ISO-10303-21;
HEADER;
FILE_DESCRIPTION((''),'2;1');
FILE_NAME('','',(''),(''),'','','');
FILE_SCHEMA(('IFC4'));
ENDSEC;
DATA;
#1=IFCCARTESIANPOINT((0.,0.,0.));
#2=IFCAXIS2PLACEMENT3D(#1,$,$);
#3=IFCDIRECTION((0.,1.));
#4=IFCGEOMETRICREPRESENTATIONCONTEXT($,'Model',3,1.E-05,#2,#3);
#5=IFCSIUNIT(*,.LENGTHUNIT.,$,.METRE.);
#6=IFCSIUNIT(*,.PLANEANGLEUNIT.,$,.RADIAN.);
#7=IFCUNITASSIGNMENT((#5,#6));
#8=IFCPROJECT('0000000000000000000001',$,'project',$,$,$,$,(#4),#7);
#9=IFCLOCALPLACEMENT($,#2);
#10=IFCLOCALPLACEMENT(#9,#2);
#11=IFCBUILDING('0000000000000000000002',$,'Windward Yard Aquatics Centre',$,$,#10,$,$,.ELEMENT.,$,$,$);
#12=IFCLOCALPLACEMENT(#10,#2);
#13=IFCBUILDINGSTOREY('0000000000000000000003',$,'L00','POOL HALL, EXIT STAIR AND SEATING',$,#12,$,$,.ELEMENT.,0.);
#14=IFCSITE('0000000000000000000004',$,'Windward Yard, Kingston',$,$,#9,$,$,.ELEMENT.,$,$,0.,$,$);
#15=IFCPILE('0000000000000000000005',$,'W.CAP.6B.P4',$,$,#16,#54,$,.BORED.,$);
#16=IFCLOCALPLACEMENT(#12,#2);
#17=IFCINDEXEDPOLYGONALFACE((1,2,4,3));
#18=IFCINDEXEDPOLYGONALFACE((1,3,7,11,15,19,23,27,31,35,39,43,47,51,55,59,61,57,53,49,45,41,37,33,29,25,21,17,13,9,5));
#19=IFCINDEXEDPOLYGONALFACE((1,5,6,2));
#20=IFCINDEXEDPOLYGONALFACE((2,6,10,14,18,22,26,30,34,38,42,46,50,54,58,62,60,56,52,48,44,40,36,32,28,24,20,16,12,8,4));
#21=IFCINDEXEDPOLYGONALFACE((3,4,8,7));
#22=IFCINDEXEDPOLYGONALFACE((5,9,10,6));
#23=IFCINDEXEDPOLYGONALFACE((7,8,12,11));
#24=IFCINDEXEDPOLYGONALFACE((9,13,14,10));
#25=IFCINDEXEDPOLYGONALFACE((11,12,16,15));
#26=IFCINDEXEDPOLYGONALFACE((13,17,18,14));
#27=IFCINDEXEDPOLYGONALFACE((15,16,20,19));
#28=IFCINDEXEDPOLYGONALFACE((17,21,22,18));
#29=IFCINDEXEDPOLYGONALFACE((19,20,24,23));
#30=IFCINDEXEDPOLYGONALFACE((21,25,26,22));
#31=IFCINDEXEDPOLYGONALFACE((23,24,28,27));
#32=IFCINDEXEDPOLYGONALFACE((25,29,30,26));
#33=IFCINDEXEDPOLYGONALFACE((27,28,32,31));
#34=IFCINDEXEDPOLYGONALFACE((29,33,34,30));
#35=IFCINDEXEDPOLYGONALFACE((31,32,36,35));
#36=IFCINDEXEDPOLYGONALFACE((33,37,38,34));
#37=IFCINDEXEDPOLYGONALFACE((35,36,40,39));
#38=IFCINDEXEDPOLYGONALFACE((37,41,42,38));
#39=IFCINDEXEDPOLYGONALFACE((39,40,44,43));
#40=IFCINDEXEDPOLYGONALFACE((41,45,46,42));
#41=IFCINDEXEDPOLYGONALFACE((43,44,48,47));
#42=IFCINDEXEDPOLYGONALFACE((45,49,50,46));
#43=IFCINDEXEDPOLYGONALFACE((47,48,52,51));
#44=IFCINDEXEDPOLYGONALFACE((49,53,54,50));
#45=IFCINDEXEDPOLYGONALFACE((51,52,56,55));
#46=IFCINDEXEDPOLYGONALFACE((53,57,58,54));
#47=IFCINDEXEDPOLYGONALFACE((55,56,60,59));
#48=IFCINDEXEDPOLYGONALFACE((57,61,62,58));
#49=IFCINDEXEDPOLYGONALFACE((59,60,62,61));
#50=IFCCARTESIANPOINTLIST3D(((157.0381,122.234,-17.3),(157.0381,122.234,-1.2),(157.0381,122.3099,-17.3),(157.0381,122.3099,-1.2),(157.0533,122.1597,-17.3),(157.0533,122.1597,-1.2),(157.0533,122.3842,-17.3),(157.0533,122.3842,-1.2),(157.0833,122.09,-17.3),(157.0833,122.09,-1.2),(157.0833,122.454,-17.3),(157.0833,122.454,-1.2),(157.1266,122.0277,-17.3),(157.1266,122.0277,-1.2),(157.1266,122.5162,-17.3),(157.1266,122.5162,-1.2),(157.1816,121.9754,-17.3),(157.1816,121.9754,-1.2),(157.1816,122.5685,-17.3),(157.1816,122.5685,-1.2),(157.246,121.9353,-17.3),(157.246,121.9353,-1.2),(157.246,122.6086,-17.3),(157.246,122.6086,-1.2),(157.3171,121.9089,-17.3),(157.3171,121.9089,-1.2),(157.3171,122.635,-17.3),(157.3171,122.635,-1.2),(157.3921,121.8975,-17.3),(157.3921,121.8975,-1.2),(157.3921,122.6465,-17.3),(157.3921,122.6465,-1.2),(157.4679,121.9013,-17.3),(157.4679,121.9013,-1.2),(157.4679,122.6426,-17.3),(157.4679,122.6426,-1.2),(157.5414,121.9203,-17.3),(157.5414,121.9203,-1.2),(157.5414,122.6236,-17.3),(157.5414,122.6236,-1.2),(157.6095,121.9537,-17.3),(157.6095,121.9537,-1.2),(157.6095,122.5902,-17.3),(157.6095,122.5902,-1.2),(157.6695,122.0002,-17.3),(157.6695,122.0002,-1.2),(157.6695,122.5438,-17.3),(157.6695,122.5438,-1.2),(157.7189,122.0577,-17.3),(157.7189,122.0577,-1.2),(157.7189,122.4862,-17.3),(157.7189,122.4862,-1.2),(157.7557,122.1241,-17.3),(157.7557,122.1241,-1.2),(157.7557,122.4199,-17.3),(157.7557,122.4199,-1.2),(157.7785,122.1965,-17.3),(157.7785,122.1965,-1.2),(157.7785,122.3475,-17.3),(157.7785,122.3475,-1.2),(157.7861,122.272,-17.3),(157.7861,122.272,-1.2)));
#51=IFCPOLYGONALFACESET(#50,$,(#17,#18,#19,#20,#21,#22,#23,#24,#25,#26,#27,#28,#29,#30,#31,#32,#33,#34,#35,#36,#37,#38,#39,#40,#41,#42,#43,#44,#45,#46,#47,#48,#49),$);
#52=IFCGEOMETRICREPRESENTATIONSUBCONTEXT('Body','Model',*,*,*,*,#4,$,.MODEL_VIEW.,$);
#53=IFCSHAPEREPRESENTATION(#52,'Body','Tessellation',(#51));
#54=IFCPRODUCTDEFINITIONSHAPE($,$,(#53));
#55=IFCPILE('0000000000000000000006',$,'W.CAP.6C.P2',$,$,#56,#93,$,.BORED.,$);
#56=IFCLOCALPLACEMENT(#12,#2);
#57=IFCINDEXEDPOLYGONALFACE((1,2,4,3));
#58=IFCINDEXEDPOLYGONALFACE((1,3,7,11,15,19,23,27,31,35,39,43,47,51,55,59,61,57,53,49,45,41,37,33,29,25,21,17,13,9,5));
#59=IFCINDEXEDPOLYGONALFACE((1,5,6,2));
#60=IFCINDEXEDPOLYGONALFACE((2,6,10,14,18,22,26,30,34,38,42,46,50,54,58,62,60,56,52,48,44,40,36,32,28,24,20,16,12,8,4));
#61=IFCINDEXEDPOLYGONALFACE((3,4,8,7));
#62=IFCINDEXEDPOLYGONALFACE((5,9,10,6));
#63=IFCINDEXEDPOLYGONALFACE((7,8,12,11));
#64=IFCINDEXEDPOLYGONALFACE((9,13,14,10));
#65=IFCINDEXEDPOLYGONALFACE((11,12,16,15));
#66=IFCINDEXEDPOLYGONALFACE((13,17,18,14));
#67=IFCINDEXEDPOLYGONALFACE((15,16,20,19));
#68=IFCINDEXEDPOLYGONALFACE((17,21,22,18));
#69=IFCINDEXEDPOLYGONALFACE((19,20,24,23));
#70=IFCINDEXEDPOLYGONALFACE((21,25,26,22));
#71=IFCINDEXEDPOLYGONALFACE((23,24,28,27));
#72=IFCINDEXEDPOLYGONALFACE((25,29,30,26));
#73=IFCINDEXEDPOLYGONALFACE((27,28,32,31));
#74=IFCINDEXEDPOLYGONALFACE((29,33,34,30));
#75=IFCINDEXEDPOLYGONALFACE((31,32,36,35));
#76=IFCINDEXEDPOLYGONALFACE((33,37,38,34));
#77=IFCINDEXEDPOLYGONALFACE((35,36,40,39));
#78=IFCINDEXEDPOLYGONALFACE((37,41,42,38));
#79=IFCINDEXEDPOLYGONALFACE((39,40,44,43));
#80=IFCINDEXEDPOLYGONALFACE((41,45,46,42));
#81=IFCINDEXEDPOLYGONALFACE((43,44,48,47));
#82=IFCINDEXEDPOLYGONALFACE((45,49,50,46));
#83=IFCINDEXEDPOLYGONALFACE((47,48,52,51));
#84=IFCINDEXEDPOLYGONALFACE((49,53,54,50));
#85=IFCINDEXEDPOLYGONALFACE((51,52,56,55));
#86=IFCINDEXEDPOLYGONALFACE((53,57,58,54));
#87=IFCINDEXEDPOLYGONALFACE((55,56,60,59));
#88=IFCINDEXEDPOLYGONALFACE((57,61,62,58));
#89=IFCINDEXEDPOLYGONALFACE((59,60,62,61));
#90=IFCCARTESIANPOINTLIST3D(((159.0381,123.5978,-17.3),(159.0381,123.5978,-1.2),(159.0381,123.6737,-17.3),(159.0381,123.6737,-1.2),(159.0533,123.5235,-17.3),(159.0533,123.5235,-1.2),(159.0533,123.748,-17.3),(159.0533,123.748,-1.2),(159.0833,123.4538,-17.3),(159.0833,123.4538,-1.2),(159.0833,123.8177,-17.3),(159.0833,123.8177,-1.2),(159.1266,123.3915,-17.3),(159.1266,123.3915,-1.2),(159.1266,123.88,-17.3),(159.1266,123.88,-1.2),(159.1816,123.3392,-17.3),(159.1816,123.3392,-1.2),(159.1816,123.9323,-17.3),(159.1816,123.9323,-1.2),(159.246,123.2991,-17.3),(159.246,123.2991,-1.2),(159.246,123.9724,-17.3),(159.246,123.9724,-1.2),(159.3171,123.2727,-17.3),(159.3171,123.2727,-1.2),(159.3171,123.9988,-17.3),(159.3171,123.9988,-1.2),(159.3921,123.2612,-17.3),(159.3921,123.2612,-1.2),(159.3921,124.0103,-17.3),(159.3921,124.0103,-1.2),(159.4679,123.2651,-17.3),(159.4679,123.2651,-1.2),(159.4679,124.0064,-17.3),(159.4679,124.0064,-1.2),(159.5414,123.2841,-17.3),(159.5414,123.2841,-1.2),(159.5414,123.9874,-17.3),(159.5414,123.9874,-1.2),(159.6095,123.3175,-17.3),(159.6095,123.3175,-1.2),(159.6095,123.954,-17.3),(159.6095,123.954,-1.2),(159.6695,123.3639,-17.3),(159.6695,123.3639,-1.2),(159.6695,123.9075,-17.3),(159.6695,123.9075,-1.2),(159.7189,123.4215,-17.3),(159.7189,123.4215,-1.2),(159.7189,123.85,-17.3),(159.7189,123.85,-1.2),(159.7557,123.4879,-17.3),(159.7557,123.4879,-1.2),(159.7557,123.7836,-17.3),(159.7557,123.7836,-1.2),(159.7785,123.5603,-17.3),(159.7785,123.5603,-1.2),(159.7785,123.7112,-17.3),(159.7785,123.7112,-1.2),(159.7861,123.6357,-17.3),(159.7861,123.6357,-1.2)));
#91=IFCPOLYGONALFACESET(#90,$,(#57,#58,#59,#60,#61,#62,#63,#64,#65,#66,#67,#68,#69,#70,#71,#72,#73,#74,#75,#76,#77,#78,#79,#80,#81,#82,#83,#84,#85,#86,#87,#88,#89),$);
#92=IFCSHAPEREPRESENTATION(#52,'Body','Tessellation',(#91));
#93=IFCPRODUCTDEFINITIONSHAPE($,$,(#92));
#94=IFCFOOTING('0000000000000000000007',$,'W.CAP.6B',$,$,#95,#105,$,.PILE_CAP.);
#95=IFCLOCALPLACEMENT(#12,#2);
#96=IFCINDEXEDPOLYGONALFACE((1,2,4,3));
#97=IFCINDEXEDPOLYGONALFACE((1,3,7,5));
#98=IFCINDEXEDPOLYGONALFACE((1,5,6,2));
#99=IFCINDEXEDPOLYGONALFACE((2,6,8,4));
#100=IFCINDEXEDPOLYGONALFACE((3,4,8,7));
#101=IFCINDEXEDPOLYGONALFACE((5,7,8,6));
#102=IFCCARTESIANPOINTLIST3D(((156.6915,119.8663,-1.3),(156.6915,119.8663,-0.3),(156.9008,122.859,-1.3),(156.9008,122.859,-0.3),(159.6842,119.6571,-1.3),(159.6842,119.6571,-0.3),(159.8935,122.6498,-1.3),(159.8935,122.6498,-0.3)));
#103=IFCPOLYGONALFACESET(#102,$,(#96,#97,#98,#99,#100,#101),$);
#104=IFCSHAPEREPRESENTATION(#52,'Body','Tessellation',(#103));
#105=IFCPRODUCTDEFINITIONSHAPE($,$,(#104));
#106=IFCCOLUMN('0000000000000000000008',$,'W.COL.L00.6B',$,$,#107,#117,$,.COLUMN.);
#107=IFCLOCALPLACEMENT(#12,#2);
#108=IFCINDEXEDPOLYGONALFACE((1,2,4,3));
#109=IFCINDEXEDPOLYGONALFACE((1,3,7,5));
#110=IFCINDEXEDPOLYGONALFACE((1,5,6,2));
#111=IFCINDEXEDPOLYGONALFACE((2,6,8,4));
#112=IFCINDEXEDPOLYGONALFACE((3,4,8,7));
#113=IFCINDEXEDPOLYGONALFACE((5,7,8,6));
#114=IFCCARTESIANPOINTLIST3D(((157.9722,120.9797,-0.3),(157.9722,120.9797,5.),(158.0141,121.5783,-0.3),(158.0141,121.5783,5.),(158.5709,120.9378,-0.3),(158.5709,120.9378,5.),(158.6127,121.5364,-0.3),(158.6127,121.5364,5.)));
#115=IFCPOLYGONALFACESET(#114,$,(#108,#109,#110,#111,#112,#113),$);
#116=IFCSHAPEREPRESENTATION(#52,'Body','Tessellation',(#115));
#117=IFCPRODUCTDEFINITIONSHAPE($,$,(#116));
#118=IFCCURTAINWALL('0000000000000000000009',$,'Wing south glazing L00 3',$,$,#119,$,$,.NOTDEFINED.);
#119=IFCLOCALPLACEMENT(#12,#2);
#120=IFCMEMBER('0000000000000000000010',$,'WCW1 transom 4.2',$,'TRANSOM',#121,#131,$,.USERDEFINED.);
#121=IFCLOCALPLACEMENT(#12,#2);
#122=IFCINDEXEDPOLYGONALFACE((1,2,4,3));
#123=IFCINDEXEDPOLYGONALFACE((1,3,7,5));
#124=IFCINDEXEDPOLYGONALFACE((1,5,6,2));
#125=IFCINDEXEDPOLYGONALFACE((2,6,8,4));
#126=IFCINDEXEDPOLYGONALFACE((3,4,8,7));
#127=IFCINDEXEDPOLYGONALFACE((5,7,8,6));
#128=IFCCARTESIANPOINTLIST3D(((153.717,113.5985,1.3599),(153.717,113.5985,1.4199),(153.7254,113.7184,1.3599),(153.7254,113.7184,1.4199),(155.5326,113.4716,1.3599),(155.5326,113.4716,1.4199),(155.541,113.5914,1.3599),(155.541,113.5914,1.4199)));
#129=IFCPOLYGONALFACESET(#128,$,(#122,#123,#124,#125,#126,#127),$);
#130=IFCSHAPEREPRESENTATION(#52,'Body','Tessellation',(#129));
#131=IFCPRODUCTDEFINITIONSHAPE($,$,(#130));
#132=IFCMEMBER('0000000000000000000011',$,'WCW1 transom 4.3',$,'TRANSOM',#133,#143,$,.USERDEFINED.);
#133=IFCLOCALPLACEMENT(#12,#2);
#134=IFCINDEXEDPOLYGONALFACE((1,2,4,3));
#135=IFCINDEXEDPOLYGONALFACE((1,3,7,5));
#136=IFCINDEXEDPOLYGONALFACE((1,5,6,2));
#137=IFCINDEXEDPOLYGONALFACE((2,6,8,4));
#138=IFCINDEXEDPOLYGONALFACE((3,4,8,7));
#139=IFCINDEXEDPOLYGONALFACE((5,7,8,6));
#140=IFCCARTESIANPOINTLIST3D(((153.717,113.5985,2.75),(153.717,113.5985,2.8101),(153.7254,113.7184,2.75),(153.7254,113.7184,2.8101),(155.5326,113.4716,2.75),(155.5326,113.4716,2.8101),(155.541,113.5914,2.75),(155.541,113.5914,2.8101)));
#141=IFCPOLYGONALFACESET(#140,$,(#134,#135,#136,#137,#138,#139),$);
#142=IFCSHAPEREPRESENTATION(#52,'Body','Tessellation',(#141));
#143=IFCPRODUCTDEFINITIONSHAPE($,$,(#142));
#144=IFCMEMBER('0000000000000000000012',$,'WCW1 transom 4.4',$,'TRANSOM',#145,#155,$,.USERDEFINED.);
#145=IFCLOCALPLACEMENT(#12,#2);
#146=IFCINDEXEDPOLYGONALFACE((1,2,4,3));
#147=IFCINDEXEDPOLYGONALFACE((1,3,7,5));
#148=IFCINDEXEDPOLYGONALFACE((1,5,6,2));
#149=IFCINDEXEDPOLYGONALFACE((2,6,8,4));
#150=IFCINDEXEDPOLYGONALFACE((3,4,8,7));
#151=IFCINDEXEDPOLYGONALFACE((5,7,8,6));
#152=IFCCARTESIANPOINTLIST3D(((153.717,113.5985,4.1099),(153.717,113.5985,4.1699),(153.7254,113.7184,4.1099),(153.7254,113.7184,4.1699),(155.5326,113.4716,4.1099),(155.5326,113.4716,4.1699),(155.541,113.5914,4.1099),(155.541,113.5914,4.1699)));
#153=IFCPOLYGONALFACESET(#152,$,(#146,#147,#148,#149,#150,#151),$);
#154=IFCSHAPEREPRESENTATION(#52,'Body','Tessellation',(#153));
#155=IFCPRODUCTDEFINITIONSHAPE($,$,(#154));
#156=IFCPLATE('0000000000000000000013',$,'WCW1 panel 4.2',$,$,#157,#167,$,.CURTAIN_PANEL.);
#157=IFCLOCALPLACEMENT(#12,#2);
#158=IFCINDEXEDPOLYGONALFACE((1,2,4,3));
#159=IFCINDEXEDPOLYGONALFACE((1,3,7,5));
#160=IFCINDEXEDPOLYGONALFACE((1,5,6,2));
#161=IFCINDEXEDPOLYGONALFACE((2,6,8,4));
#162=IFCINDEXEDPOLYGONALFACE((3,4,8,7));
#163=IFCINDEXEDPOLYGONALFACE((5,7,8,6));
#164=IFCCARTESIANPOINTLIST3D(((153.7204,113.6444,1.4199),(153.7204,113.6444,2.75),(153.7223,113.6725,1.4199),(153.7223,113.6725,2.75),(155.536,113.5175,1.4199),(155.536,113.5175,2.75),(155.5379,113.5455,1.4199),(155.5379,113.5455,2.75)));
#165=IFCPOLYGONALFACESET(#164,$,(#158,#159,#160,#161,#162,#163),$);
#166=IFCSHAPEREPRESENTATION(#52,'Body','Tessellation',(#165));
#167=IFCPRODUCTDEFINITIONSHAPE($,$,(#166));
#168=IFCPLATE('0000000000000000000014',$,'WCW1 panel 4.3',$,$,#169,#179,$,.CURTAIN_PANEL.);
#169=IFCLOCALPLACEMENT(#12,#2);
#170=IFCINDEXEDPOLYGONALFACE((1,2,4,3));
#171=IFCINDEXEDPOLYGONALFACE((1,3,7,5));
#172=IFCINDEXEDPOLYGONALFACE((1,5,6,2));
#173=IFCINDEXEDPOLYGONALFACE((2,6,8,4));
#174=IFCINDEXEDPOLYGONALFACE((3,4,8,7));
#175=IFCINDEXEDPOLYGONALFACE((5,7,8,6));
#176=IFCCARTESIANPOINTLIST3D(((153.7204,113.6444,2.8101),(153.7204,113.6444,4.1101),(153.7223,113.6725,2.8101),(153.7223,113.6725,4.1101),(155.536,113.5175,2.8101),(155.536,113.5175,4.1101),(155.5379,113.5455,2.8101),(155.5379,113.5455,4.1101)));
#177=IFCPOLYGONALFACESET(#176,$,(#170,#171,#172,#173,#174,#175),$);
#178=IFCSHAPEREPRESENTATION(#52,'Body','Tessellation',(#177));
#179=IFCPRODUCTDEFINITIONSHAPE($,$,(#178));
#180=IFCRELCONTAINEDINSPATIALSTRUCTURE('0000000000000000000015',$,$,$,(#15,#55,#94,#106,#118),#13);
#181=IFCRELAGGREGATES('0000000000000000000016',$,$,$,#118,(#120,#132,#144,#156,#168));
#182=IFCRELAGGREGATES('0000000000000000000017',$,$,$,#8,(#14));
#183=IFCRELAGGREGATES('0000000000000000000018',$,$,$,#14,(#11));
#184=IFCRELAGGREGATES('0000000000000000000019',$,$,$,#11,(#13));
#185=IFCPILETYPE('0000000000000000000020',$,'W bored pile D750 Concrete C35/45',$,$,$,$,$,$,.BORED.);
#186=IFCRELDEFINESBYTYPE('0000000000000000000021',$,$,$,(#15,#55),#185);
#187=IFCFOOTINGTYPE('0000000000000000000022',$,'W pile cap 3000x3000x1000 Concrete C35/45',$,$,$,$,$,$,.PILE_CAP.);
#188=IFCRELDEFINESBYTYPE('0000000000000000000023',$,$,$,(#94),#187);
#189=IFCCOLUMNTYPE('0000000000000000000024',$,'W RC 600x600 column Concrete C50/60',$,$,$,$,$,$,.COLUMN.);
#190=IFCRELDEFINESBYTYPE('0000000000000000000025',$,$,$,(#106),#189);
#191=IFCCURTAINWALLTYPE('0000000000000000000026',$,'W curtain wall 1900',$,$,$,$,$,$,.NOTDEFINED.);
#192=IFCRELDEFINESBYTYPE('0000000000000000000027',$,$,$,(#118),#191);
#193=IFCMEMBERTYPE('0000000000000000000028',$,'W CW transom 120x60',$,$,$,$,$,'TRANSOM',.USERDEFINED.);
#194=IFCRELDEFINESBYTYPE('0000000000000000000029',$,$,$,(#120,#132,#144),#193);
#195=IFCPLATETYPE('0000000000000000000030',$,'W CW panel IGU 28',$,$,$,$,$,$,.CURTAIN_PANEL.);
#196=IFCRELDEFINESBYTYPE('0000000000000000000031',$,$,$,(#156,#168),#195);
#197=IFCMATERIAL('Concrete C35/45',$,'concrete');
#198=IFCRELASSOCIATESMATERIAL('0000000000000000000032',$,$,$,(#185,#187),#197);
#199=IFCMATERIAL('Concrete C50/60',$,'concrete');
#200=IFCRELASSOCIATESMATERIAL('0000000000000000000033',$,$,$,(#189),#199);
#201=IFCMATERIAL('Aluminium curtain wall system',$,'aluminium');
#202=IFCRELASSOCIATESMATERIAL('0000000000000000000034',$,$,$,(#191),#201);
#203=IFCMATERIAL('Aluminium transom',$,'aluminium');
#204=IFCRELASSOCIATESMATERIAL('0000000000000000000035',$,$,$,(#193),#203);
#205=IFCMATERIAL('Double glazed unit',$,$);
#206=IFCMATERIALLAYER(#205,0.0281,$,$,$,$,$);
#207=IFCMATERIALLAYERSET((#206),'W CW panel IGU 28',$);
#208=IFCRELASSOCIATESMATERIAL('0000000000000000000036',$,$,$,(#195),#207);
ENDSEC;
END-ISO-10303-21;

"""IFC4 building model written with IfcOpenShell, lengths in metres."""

from ifc_helpers import new_model, si_unit, direction, frame, origin, origin_2d, place, context, subcontext, project, spatial, rectangle, circle, extrude, material, layer, layer_set, material_profile, profile_set, type_object, element, aggregate, save


model = new_model("IFC4")

# Units and contexts
model_context = context("Model", 3, precision=1e-05, world=origin(), true_north=direction((0.0, 1.0)))
body_context = subcontext(model_context, "Body", "Model", "MODEL_VIEW")
ifc_project = project(units=[si_unit("LENGTHUNIT", "METRE"), si_unit("PLANEANGLEUNIT", "RADIAN")], contexts=[model_context])

# Site, building, storey
site_placement = place(None, origin())
site = spatial("IfcSite", under=ifc_project, at=site_placement, Name="Windward Yard, Kingston", CompositionType="ELEMENT", RefElevation=0.0)
building_placement = place(site_placement, origin())
building = spatial("IfcBuilding", under=site, at=building_placement, Name="Windward Yard Aquatics Centre", CompositionType="ELEMENT")
storey_placement = place(building_placement, origin())
storey = spatial("IfcBuildingStorey", under=building, at=storey_placement, Name="L00", Description="POOL HALL, EXIT STAIR AND SEATING", CompositionType="ELEMENT", Elevation=0.0)

# Piles
ifc_material_1 = material(Name="Concrete C35/45", Category="concrete")
ifc_material_profile_1 = material_profile(ifc_material_1, circle(Radius=0.375, at=origin_2d()), Name="D750")
ifc_profile_set_1 = profile_set([ifc_material_profile_1], Name="Concrete C35/45")
pile_type = type_object("IfcPileType", Name="W bored pile D750 Concrete C35/45", PredefinedType="BORED", material=ifc_profile_set_1)
for number, where, z_axis, x_axis, name in (
    (1, (157.4111, 122.272, -1.2), (0.0, 0.0, -1.0), (1.0, 0.0, 0.0), "W.CAP.6B.P4"),
    (2, (159.4111, 123.6357, -1.2), (0.0, 0.0, -1.0), (1.0, 0.0, 0.0), "W.CAP.6C.P2"),
):
    element("IfcPile", number, at=place(storey_placement, frame(where, z_axis=z_axis, x_axis=x_axis)), inside=storey, type_object=pile_type, Name=name, PredefinedType="BORED", context=body_context, shape_type="SweptSolid", body=[
        extrude(circle(Radius=0.375, at=origin_2d()), origin(), (0.0, 0.0, 1.0), 16.1001),
    ])

# Footing
footing_type = type_object("IfcFootingType", Name="W pile cap 3000x3000x1000 Concrete C35/45", PredefinedType="PILE_CAP", material=ifc_material_1)
footing_placement = place(storey_placement, frame((158.2925, 121.2581, -1.3), z_axis=(0.0, 0.0, 1.0), x_axis=(0.997564, -0.069756, 0.0)))
element("IfcFooting", 3, at=footing_placement, inside=storey, type_object=footing_type, Name="W.CAP.6B", PredefinedType="PILE_CAP", context=body_context, shape_type="SweptSolid", body=[
    extrude(rectangle(XDim=3.0, YDim=3.0, at=origin_2d()), origin(), (0.0, 0.0, 1.0), 1.0),
])

# Column
ifc_material_2 = material(Name="Concrete C50/60", Category="concrete")
ifc_material_profile_2 = material_profile(ifc_material_2, rectangle(XDim=0.6001, YDim=0.6001, at=origin_2d()), Name="RC 600x600")
ifc_profile_set_2 = profile_set([ifc_material_profile_2], Name="Concrete C50/60")
column_type = type_object("IfcColumnType", Name="W RC 600x600 column Concrete C50/60", PredefinedType="COLUMN", material=ifc_profile_set_2)
column_placement = place(storey_placement, frame((158.2925, 121.2581, -0.3), z_axis=(0.0, 0.0, 1.0), x_axis=(0.997564, -0.069756, 0.0)))
element("IfcColumn", 4, at=column_placement, inside=storey, type_object=column_type, Name="W.COL.L00.6B", PredefinedType="COLUMN", context=body_context, shape_type="SweptSolid", body=[
    extrude(rectangle(XDim=0.6001, YDim=0.6001, at=origin_2d()), origin(), (0.0, 0.0, 1.0), 5.3),
])

# Curtain wall, members, plates
ifc_material_3 = material(Name="Aluminium curtain wall system", Category="aluminium")
curtain_wall_type = type_object("IfcCurtainWallType", Name="W curtain wall 1900", PredefinedType="NOTDEFINED", material=ifc_material_3)
curtain_wall_placement = place(storey_placement, origin())
curtain_wall = element("IfcCurtainWall", 5, at=curtain_wall_placement, inside=storey, type_object=curtain_wall_type, Name="Wing south glazing L00 3", PredefinedType="NOTDEFINED")
ifc_material_4 = material(Name="Aluminium transom", Category="aluminium")
ifc_material_profile_3 = material_profile(ifc_material_4, rectangle(XDim=0.1201, YDim=0.0601, at=origin_2d()), Name="AL 120x60")
ifc_profile_set_3 = profile_set([ifc_material_profile_3], Name="Aluminium transom")
member_type = type_object("IfcMemberType", Name="W CW transom 120x60", ElementType="TRANSOM", PredefinedType="USERDEFINED", material=ifc_profile_set_3)
member_1_placement = place(storey_placement, frame((153.7212, 113.6584, 1.3899), z_axis=(0.997564, -0.06975, 0.0), x_axis=(0.06975, 0.997564, 0.0)))
member_1 = element("IfcMember", 6, at=member_1_placement, type_object=member_type, Name="WCW1 transom 4.2", ObjectType="TRANSOM", PredefinedType="USERDEFINED", context=body_context, shape_type="SweptSolid", body=[
    extrude(rectangle(XDim=0.1201, YDim=0.0601, at=origin_2d()), origin(), (0.0, 0.0, 1.0), 1.8201),
])
member_2_placement = place(storey_placement, frame((153.7212, 113.6584, 2.78), z_axis=(0.997564, -0.06975, 0.0), x_axis=(0.06975, 0.997564, 0.0)))
member_2 = element("IfcMember", 7, at=member_2_placement, type_object=member_type, Name="WCW1 transom 4.3", ObjectType="TRANSOM", PredefinedType="USERDEFINED", context=body_context, shape_type="SweptSolid", body=[
    extrude(rectangle(XDim=0.1201, YDim=0.0601, at=origin_2d()), origin(), (0.0, 0.0, 1.0), 1.8201),
])
member_3_placement = place(storey_placement, frame((153.7212, 113.6584, 4.1399), z_axis=(0.997564, -0.06975, 0.0), x_axis=(0.06975, 0.997564, 0.0)))
member_3 = element("IfcMember", 8, at=member_3_placement, type_object=member_type, Name="WCW1 transom 4.4", ObjectType="TRANSOM", PredefinedType="USERDEFINED", context=body_context, shape_type="SweptSolid", body=[
    extrude(rectangle(XDim=0.1201, YDim=0.0601, at=origin_2d()), origin(), (0.0, 0.0, 1.0), 1.8201),
])
ifc_material_5 = material(Name="Double glazed unit")
ifc_layer_1 = layer(ifc_material_5, 0.0281)
ifc_layer_set_1 = layer_set([ifc_layer_1], Name="W CW panel IGU 28")
plate_type = type_object("IfcPlateType", Name="W CW panel IGU 28", PredefinedType="CURTAIN_PANEL", material=ifc_layer_set_1)
plate_1_placement = place(storey_placement, frame((154.6292, 113.595, 1.4199), z_axis=(0.0, 0.0, 1.0), x_axis=(0.997564, -0.069755, 0.0)))
plate_1 = element("IfcPlate", 9, at=plate_1_placement, type_object=plate_type, Name="WCW1 panel 4.2", PredefinedType="CURTAIN_PANEL", context=body_context, shape_type="SweptSolid", body=[
    extrude(rectangle(XDim=1.8201, YDim=0.0281, at=origin_2d()), origin(), (0.0, 0.0, 1.0), 1.3301),
])
plate_2_placement = place(storey_placement, frame((154.6292, 113.595, 2.8101), z_axis=(0.0, 0.0, 1.0), x_axis=(0.997564, -0.069755, 0.0)))
plate_2 = element("IfcPlate", 10, at=plate_2_placement, type_object=plate_type, Name="WCW1 panel 4.3", PredefinedType="CURTAIN_PANEL", context=body_context, shape_type="SweptSolid", body=[
    extrude(rectangle(XDim=1.8201, YDim=0.0281, at=origin_2d()), origin(), (0.0, 0.0, 1.0), 1.3),
])
aggregate(curtain_wall, [member_1, member_2, member_3, plate_1, plate_2])

save(model, "model.ifc")
